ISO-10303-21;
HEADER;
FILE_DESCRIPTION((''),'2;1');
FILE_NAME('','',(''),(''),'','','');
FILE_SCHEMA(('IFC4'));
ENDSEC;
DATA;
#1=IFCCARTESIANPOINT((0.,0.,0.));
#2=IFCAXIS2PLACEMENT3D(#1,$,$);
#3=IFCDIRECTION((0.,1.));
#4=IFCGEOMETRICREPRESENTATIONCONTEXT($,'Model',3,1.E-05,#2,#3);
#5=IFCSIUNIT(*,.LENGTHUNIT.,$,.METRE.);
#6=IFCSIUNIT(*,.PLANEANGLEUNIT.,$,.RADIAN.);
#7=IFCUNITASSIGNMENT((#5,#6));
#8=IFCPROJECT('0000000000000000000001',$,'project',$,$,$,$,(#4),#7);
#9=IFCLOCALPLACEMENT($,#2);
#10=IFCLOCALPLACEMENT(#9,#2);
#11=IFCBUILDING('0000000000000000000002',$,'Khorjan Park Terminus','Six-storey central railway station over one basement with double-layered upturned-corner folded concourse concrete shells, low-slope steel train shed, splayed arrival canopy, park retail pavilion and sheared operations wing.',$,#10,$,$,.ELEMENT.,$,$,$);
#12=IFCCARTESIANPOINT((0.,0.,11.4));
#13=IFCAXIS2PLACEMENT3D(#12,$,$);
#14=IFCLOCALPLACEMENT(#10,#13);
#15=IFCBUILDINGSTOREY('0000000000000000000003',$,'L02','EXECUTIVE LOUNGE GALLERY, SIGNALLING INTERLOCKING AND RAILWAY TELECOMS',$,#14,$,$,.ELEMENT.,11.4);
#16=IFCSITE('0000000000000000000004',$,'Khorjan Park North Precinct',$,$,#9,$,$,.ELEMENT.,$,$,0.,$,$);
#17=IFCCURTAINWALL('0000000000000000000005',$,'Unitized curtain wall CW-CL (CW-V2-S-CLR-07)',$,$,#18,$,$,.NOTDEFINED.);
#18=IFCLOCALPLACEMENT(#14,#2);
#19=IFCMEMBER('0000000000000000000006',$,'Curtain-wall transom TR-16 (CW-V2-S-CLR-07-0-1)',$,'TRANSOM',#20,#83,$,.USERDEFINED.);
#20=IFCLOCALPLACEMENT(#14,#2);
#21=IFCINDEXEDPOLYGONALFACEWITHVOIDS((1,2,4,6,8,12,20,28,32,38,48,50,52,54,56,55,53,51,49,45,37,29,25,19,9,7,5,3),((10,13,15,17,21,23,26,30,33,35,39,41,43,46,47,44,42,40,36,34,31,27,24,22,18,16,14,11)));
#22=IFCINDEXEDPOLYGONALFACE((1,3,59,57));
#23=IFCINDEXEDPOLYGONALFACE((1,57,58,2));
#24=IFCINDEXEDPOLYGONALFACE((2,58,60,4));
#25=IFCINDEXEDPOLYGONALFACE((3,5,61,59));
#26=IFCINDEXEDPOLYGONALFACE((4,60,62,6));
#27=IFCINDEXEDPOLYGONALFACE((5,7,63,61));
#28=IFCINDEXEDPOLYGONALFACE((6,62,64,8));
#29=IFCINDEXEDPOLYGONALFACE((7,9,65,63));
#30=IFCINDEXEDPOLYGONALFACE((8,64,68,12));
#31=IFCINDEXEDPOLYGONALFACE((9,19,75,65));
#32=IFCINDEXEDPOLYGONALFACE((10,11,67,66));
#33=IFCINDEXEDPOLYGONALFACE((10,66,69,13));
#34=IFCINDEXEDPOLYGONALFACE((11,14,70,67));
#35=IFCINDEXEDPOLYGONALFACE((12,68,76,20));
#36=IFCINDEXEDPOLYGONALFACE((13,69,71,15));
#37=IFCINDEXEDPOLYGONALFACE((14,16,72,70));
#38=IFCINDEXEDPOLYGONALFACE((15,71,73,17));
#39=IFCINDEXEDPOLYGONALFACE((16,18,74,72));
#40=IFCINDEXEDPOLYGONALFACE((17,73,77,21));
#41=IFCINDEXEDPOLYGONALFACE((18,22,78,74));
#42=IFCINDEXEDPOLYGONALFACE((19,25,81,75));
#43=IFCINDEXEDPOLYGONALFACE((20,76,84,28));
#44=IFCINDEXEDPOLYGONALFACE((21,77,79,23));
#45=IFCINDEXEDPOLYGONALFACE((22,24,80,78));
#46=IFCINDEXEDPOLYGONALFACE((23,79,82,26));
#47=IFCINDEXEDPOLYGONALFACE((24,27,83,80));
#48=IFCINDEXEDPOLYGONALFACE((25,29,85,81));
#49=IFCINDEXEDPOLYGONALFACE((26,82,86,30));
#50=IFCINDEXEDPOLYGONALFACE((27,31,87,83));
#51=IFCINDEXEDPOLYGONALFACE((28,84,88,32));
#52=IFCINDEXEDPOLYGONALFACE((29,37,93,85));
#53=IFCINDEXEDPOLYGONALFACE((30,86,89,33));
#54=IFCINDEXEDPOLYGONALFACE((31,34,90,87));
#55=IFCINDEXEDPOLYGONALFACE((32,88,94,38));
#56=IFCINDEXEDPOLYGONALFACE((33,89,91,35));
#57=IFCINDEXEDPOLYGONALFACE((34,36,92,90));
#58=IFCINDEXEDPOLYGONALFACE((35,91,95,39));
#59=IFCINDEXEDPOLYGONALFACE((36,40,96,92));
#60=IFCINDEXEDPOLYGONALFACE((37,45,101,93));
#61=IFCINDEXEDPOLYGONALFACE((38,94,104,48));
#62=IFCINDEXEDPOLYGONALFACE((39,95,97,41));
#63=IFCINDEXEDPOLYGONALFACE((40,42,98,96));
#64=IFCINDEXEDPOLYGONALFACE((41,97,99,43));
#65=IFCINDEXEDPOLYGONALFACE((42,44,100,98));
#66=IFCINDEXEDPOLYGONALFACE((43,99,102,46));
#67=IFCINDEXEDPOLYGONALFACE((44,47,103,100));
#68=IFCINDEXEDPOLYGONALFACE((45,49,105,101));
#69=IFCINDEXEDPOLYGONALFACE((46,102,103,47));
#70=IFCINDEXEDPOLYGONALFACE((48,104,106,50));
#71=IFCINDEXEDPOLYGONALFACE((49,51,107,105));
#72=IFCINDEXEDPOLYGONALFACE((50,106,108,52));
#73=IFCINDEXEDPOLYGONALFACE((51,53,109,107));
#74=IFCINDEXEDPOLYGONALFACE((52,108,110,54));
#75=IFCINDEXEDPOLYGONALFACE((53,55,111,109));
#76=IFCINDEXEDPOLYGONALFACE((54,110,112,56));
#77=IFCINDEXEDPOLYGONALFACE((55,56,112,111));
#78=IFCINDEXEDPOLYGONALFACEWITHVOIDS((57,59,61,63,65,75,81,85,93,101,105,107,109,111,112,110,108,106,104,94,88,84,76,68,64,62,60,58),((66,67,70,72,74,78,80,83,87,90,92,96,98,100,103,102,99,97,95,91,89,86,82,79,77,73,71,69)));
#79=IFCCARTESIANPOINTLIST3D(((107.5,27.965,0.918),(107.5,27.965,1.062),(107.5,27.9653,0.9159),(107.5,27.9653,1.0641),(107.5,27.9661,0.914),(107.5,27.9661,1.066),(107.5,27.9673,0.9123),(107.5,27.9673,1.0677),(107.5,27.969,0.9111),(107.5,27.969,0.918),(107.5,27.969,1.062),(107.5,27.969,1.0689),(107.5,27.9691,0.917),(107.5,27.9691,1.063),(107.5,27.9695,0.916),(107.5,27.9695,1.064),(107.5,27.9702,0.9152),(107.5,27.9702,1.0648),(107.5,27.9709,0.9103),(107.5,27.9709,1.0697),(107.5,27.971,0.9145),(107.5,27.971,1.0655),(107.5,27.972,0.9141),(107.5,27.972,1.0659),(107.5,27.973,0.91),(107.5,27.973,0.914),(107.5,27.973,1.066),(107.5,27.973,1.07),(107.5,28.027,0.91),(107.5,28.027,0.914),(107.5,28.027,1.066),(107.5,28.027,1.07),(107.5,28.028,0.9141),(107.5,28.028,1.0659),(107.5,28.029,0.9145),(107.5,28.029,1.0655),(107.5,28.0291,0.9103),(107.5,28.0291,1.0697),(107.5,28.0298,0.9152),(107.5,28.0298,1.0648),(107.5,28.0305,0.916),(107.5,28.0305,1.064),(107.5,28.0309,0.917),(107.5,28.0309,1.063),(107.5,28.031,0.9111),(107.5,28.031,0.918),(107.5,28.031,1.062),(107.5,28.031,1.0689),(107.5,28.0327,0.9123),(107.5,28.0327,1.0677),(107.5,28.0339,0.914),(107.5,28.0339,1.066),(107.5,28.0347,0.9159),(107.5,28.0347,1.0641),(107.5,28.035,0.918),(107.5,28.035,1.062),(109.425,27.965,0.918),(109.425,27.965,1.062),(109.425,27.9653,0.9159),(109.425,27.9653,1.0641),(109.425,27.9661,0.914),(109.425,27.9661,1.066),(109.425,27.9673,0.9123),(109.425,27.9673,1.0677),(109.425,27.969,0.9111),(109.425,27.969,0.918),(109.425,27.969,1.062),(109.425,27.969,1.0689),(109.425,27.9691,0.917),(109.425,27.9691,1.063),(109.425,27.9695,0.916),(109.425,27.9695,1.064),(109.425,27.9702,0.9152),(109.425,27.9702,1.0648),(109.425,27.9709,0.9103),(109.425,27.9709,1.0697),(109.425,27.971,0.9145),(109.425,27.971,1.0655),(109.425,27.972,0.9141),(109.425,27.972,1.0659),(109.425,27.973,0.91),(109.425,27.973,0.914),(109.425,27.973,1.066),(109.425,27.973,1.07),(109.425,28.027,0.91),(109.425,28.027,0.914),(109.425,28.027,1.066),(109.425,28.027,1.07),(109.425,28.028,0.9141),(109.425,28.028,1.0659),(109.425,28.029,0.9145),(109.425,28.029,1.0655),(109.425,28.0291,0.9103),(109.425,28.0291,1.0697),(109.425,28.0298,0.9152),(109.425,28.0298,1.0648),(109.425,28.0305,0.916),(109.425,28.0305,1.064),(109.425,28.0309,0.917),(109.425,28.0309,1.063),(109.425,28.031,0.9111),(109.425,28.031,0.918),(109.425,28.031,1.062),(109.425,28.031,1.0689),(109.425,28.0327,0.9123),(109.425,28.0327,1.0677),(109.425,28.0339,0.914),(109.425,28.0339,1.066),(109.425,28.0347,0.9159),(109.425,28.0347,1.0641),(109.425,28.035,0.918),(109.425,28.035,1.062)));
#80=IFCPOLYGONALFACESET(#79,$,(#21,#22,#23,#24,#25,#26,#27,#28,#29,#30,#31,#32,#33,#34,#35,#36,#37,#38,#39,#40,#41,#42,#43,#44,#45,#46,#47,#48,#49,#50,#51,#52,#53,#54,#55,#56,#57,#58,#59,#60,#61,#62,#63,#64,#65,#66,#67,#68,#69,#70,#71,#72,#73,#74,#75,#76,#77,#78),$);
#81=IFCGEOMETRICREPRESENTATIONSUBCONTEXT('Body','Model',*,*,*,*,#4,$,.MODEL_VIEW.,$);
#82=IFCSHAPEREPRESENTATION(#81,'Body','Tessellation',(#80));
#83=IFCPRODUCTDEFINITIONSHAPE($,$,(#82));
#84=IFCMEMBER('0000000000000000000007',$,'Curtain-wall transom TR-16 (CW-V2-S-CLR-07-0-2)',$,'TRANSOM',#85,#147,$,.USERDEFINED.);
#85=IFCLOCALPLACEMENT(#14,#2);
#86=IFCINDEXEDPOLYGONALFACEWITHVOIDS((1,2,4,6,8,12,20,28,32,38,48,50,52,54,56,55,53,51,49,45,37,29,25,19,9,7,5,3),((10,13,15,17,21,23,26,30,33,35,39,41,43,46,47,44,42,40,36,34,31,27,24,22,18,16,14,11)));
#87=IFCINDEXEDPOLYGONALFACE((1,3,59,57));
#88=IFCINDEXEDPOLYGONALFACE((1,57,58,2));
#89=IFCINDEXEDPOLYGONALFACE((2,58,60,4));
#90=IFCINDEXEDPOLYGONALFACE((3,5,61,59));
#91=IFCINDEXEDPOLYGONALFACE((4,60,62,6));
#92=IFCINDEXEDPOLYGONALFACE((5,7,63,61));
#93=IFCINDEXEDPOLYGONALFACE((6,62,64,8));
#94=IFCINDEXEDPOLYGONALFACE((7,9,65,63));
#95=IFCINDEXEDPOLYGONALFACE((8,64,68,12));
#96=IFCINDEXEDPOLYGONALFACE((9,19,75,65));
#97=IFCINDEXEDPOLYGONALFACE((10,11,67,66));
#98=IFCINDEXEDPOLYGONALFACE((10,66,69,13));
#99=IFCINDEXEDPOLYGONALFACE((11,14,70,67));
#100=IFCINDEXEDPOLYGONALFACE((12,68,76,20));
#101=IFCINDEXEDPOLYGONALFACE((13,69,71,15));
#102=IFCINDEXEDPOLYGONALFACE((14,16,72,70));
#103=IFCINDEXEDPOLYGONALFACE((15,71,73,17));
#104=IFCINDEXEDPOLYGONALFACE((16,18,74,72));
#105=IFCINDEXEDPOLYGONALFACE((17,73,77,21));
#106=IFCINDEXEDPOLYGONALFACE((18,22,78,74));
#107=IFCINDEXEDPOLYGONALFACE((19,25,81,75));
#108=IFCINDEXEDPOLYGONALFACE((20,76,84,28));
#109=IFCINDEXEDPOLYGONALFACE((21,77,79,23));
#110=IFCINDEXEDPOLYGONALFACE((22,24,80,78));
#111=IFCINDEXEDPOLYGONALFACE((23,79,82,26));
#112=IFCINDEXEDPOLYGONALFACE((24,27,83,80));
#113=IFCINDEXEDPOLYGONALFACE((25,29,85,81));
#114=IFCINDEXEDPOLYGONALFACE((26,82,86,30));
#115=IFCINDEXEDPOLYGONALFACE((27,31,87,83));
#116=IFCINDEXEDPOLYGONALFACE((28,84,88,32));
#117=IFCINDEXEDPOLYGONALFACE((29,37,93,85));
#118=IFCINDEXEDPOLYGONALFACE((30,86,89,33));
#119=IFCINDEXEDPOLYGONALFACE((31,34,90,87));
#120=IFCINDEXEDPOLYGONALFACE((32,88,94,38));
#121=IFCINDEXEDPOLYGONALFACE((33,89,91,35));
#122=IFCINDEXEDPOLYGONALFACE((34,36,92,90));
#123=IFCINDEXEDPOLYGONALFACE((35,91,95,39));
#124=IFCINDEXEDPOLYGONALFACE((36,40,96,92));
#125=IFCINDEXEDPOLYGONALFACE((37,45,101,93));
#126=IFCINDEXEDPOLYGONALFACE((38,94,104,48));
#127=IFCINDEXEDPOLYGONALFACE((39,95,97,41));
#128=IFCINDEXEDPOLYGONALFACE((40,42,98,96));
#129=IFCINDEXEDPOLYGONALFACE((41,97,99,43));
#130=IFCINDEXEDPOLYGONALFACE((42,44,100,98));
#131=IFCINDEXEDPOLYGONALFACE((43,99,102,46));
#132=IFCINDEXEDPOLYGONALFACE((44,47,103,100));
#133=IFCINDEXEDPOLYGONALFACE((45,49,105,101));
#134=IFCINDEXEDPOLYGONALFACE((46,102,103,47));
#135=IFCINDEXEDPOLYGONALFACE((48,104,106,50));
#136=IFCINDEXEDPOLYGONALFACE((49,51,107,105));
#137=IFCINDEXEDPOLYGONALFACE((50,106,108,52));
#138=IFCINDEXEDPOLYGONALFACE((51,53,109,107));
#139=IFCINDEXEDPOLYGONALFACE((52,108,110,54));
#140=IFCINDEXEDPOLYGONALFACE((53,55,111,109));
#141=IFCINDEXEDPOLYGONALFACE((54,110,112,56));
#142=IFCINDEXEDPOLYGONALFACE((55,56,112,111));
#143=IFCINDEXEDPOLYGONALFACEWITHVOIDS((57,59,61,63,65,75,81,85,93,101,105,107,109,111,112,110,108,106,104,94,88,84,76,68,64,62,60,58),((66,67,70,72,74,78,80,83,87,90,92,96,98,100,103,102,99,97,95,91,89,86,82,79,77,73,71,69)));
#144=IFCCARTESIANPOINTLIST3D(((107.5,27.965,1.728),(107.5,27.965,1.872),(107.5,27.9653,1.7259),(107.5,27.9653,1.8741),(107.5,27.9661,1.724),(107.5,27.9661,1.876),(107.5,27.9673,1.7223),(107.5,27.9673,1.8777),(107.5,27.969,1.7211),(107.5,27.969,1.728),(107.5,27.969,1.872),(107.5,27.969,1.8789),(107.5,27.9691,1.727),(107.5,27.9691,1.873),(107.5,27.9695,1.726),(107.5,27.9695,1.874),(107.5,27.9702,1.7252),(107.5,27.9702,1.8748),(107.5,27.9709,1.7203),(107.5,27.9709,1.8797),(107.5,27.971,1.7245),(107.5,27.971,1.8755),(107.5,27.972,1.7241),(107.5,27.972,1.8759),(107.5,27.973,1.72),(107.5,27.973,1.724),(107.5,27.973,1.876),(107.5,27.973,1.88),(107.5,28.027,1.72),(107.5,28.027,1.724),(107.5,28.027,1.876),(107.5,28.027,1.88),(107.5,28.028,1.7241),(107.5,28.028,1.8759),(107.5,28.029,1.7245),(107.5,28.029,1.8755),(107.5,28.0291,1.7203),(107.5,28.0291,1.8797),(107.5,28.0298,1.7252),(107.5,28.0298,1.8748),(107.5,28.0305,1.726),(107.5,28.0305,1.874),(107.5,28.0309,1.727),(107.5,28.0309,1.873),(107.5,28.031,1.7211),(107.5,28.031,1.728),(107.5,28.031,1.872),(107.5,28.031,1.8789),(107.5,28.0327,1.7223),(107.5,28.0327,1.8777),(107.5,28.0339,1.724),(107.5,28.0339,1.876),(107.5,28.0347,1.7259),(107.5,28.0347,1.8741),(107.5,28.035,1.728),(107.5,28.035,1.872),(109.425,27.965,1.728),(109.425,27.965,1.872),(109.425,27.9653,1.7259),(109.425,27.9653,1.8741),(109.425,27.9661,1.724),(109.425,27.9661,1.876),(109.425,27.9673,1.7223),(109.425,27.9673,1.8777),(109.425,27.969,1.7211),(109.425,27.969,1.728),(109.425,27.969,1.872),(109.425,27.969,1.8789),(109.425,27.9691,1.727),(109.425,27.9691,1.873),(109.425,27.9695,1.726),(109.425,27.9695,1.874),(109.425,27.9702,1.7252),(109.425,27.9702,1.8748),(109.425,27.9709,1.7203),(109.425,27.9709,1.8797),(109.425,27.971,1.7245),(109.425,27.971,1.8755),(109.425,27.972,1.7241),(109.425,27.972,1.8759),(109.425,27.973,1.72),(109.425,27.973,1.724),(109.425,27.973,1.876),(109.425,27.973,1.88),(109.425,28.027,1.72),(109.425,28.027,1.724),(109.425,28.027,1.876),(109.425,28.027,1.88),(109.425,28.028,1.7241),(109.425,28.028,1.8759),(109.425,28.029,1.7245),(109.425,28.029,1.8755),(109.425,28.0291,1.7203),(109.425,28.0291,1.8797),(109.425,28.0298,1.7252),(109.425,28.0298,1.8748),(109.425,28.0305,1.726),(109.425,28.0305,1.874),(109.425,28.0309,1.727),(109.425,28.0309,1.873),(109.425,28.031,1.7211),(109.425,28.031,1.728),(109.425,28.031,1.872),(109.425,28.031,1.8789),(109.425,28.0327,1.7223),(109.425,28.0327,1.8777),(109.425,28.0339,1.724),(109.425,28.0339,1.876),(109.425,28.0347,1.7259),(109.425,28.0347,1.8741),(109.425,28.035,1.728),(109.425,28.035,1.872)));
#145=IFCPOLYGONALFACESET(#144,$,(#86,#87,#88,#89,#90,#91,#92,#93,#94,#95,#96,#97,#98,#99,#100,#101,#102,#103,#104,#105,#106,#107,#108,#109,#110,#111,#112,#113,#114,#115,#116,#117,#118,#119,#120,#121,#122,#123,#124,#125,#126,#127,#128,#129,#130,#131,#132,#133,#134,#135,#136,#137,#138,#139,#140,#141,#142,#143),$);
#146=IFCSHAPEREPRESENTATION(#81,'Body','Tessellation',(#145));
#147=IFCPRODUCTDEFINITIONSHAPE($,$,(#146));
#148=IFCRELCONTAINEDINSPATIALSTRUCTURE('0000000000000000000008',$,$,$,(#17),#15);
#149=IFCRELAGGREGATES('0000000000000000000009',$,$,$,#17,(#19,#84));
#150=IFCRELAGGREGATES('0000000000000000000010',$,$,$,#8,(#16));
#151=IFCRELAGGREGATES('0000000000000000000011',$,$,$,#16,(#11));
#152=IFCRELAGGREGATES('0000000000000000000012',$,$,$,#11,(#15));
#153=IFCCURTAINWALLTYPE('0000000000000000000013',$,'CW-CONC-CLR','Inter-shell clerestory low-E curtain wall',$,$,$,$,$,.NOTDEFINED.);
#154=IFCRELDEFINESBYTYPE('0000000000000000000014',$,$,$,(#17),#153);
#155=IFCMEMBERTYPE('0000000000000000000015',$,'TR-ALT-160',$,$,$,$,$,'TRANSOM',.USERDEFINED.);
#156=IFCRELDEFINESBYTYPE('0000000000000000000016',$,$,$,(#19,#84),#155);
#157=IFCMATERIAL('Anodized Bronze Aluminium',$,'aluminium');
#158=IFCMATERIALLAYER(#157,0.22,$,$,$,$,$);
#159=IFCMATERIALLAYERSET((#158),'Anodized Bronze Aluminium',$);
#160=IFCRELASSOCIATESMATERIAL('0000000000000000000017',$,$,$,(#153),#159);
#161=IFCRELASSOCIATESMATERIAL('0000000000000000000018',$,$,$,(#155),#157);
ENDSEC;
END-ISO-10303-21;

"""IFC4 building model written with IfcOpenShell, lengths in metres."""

from ifc_helpers import new_model, si_unit, direction, frame, origin, origin_2d, place, context, subcontext, project, spatial, hollow_rectangle, extrude, material, layer, layer_set, material_profile, profile_set, type_object, element, aggregate, save


model = new_model("IFC4")

# Units and contexts
model_context = context("Model", 3, precision=1e-05, world=origin(), true_north=direction((0.0, 1.0)))
body_context = subcontext(model_context, "Body", "Model", "MODEL_VIEW")
ifc_project = project(units=[si_unit("LENGTHUNIT", "METRE"), si_unit("PLANEANGLEUNIT", "RADIAN")], contexts=[model_context])

# Site, building, storey
site_placement = place(None, origin())
site = spatial("IfcSite", under=ifc_project, at=site_placement, Name="Khorjan Park North Precinct", CompositionType="ELEMENT", RefElevation=0.0)
building_placement = place(site_placement, origin())
building = spatial("IfcBuilding", under=site, at=building_placement, Name="Khorjan Park Terminus", Description="Six-storey central railway station over one basement with double-layered upturned-corner folded concourse concrete shells, low-slope steel train shed, splayed arrival canopy, park retail pavilion and sheared operations wing.", CompositionType="ELEMENT")
storey_placement = place(building_placement, frame((0.0, 0.0, 11.4)))
storey = spatial("IfcBuildingStorey", under=building, at=storey_placement, Name="L02", Description="EXECUTIVE LOUNGE GALLERY, SIGNALLING INTERLOCKING AND RAILWAY TELECOMS", CompositionType="ELEMENT", Elevation=11.4)

# Shared definitions
ifc_material_1 = material(Name="Anodized Bronze Aluminium", Category="aluminium")
ifc_layer_1 = layer(ifc_material_1, 0.22)
ifc_layer_set_1 = layer_set([ifc_layer_1], Name="Anodized Bronze Aluminium")
curtain_wall_type = type_object("IfcCurtainWallType", Name="CW-CONC-CLR", Description="Inter-shell clerestory low-E curtain wall", PredefinedType="NOTDEFINED", material=ifc_layer_set_1)

# Curtain wall
curtain_wall_1_placement = place(storey_placement, origin())
curtain_wall_1 = element("IfcCurtainWall", 1, at=curtain_wall_1_placement, inside=storey, type_object=curtain_wall_type, Name="Unitized curtain wall CW-CL (CW-V2-S-CLR-07)", PredefinedType="NOTDEFINED")

# Members
ifc_material_profile_1 = material_profile(ifc_material_1, hollow_rectangle(XDim=0.07, YDim=0.16, WallThickness=0.004, InnerFilletRadius=0.004, OuterFilletRadius=0.008, at=origin_2d()), Name="ALT 70x160x4")
ifc_profile_set_1 = profile_set([ifc_material_profile_1], Name="Anodized Bronze Aluminium")
member_type_1 = type_object("IfcMemberType", Name="TR-ALT-160", ElementType="TRANSOM", PredefinedType="USERDEFINED", material=ifc_profile_set_1)
member_1_placement = place(storey_placement, frame((107.5, 28.0, 0.99), z_axis=(1.0, 0.0, 0.0), x_axis=(0.0, 1.0, 0.0)))
member_1 = element("IfcMember", 2, at=member_1_placement, type_object=member_type_1, Name="Curtain-wall transom TR-16 (CW-V2-S-CLR-07-0-1)", ObjectType="TRANSOM", PredefinedType="USERDEFINED", context=body_context, shape_type="SweptSolid", body=[
    extrude(hollow_rectangle(XDim=0.07, YDim=0.16, WallThickness=0.004, InnerFilletRadius=0.004, OuterFilletRadius=0.008, at=origin_2d()), origin(), (0.0, 0.0, 1.0), 1.925),
])
member_2_placement = place(storey_placement, frame((107.5, 28.0, 1.8), z_axis=(1.0, 0.0, 0.0), x_axis=(0.0, 1.0, 0.0)))
member_2 = element("IfcMember", 3, at=member_2_placement, type_object=member_type_1, Name="Curtain-wall transom TR-16 (CW-V2-S-CLR-07-0-2)", ObjectType="TRANSOM", PredefinedType="USERDEFINED", context=body_context, shape_type="SweptSolid", body=[
    extrude(hollow_rectangle(XDim=0.07, YDim=0.16, WallThickness=0.004, InnerFilletRadius=0.004, OuterFilletRadius=0.008, at=origin_2d()), origin(), (0.0, 0.0, 1.0), 1.925),
])

aggregate(curtain_wall_1, [member_1, member_2])

save(model, "model.ifc")
